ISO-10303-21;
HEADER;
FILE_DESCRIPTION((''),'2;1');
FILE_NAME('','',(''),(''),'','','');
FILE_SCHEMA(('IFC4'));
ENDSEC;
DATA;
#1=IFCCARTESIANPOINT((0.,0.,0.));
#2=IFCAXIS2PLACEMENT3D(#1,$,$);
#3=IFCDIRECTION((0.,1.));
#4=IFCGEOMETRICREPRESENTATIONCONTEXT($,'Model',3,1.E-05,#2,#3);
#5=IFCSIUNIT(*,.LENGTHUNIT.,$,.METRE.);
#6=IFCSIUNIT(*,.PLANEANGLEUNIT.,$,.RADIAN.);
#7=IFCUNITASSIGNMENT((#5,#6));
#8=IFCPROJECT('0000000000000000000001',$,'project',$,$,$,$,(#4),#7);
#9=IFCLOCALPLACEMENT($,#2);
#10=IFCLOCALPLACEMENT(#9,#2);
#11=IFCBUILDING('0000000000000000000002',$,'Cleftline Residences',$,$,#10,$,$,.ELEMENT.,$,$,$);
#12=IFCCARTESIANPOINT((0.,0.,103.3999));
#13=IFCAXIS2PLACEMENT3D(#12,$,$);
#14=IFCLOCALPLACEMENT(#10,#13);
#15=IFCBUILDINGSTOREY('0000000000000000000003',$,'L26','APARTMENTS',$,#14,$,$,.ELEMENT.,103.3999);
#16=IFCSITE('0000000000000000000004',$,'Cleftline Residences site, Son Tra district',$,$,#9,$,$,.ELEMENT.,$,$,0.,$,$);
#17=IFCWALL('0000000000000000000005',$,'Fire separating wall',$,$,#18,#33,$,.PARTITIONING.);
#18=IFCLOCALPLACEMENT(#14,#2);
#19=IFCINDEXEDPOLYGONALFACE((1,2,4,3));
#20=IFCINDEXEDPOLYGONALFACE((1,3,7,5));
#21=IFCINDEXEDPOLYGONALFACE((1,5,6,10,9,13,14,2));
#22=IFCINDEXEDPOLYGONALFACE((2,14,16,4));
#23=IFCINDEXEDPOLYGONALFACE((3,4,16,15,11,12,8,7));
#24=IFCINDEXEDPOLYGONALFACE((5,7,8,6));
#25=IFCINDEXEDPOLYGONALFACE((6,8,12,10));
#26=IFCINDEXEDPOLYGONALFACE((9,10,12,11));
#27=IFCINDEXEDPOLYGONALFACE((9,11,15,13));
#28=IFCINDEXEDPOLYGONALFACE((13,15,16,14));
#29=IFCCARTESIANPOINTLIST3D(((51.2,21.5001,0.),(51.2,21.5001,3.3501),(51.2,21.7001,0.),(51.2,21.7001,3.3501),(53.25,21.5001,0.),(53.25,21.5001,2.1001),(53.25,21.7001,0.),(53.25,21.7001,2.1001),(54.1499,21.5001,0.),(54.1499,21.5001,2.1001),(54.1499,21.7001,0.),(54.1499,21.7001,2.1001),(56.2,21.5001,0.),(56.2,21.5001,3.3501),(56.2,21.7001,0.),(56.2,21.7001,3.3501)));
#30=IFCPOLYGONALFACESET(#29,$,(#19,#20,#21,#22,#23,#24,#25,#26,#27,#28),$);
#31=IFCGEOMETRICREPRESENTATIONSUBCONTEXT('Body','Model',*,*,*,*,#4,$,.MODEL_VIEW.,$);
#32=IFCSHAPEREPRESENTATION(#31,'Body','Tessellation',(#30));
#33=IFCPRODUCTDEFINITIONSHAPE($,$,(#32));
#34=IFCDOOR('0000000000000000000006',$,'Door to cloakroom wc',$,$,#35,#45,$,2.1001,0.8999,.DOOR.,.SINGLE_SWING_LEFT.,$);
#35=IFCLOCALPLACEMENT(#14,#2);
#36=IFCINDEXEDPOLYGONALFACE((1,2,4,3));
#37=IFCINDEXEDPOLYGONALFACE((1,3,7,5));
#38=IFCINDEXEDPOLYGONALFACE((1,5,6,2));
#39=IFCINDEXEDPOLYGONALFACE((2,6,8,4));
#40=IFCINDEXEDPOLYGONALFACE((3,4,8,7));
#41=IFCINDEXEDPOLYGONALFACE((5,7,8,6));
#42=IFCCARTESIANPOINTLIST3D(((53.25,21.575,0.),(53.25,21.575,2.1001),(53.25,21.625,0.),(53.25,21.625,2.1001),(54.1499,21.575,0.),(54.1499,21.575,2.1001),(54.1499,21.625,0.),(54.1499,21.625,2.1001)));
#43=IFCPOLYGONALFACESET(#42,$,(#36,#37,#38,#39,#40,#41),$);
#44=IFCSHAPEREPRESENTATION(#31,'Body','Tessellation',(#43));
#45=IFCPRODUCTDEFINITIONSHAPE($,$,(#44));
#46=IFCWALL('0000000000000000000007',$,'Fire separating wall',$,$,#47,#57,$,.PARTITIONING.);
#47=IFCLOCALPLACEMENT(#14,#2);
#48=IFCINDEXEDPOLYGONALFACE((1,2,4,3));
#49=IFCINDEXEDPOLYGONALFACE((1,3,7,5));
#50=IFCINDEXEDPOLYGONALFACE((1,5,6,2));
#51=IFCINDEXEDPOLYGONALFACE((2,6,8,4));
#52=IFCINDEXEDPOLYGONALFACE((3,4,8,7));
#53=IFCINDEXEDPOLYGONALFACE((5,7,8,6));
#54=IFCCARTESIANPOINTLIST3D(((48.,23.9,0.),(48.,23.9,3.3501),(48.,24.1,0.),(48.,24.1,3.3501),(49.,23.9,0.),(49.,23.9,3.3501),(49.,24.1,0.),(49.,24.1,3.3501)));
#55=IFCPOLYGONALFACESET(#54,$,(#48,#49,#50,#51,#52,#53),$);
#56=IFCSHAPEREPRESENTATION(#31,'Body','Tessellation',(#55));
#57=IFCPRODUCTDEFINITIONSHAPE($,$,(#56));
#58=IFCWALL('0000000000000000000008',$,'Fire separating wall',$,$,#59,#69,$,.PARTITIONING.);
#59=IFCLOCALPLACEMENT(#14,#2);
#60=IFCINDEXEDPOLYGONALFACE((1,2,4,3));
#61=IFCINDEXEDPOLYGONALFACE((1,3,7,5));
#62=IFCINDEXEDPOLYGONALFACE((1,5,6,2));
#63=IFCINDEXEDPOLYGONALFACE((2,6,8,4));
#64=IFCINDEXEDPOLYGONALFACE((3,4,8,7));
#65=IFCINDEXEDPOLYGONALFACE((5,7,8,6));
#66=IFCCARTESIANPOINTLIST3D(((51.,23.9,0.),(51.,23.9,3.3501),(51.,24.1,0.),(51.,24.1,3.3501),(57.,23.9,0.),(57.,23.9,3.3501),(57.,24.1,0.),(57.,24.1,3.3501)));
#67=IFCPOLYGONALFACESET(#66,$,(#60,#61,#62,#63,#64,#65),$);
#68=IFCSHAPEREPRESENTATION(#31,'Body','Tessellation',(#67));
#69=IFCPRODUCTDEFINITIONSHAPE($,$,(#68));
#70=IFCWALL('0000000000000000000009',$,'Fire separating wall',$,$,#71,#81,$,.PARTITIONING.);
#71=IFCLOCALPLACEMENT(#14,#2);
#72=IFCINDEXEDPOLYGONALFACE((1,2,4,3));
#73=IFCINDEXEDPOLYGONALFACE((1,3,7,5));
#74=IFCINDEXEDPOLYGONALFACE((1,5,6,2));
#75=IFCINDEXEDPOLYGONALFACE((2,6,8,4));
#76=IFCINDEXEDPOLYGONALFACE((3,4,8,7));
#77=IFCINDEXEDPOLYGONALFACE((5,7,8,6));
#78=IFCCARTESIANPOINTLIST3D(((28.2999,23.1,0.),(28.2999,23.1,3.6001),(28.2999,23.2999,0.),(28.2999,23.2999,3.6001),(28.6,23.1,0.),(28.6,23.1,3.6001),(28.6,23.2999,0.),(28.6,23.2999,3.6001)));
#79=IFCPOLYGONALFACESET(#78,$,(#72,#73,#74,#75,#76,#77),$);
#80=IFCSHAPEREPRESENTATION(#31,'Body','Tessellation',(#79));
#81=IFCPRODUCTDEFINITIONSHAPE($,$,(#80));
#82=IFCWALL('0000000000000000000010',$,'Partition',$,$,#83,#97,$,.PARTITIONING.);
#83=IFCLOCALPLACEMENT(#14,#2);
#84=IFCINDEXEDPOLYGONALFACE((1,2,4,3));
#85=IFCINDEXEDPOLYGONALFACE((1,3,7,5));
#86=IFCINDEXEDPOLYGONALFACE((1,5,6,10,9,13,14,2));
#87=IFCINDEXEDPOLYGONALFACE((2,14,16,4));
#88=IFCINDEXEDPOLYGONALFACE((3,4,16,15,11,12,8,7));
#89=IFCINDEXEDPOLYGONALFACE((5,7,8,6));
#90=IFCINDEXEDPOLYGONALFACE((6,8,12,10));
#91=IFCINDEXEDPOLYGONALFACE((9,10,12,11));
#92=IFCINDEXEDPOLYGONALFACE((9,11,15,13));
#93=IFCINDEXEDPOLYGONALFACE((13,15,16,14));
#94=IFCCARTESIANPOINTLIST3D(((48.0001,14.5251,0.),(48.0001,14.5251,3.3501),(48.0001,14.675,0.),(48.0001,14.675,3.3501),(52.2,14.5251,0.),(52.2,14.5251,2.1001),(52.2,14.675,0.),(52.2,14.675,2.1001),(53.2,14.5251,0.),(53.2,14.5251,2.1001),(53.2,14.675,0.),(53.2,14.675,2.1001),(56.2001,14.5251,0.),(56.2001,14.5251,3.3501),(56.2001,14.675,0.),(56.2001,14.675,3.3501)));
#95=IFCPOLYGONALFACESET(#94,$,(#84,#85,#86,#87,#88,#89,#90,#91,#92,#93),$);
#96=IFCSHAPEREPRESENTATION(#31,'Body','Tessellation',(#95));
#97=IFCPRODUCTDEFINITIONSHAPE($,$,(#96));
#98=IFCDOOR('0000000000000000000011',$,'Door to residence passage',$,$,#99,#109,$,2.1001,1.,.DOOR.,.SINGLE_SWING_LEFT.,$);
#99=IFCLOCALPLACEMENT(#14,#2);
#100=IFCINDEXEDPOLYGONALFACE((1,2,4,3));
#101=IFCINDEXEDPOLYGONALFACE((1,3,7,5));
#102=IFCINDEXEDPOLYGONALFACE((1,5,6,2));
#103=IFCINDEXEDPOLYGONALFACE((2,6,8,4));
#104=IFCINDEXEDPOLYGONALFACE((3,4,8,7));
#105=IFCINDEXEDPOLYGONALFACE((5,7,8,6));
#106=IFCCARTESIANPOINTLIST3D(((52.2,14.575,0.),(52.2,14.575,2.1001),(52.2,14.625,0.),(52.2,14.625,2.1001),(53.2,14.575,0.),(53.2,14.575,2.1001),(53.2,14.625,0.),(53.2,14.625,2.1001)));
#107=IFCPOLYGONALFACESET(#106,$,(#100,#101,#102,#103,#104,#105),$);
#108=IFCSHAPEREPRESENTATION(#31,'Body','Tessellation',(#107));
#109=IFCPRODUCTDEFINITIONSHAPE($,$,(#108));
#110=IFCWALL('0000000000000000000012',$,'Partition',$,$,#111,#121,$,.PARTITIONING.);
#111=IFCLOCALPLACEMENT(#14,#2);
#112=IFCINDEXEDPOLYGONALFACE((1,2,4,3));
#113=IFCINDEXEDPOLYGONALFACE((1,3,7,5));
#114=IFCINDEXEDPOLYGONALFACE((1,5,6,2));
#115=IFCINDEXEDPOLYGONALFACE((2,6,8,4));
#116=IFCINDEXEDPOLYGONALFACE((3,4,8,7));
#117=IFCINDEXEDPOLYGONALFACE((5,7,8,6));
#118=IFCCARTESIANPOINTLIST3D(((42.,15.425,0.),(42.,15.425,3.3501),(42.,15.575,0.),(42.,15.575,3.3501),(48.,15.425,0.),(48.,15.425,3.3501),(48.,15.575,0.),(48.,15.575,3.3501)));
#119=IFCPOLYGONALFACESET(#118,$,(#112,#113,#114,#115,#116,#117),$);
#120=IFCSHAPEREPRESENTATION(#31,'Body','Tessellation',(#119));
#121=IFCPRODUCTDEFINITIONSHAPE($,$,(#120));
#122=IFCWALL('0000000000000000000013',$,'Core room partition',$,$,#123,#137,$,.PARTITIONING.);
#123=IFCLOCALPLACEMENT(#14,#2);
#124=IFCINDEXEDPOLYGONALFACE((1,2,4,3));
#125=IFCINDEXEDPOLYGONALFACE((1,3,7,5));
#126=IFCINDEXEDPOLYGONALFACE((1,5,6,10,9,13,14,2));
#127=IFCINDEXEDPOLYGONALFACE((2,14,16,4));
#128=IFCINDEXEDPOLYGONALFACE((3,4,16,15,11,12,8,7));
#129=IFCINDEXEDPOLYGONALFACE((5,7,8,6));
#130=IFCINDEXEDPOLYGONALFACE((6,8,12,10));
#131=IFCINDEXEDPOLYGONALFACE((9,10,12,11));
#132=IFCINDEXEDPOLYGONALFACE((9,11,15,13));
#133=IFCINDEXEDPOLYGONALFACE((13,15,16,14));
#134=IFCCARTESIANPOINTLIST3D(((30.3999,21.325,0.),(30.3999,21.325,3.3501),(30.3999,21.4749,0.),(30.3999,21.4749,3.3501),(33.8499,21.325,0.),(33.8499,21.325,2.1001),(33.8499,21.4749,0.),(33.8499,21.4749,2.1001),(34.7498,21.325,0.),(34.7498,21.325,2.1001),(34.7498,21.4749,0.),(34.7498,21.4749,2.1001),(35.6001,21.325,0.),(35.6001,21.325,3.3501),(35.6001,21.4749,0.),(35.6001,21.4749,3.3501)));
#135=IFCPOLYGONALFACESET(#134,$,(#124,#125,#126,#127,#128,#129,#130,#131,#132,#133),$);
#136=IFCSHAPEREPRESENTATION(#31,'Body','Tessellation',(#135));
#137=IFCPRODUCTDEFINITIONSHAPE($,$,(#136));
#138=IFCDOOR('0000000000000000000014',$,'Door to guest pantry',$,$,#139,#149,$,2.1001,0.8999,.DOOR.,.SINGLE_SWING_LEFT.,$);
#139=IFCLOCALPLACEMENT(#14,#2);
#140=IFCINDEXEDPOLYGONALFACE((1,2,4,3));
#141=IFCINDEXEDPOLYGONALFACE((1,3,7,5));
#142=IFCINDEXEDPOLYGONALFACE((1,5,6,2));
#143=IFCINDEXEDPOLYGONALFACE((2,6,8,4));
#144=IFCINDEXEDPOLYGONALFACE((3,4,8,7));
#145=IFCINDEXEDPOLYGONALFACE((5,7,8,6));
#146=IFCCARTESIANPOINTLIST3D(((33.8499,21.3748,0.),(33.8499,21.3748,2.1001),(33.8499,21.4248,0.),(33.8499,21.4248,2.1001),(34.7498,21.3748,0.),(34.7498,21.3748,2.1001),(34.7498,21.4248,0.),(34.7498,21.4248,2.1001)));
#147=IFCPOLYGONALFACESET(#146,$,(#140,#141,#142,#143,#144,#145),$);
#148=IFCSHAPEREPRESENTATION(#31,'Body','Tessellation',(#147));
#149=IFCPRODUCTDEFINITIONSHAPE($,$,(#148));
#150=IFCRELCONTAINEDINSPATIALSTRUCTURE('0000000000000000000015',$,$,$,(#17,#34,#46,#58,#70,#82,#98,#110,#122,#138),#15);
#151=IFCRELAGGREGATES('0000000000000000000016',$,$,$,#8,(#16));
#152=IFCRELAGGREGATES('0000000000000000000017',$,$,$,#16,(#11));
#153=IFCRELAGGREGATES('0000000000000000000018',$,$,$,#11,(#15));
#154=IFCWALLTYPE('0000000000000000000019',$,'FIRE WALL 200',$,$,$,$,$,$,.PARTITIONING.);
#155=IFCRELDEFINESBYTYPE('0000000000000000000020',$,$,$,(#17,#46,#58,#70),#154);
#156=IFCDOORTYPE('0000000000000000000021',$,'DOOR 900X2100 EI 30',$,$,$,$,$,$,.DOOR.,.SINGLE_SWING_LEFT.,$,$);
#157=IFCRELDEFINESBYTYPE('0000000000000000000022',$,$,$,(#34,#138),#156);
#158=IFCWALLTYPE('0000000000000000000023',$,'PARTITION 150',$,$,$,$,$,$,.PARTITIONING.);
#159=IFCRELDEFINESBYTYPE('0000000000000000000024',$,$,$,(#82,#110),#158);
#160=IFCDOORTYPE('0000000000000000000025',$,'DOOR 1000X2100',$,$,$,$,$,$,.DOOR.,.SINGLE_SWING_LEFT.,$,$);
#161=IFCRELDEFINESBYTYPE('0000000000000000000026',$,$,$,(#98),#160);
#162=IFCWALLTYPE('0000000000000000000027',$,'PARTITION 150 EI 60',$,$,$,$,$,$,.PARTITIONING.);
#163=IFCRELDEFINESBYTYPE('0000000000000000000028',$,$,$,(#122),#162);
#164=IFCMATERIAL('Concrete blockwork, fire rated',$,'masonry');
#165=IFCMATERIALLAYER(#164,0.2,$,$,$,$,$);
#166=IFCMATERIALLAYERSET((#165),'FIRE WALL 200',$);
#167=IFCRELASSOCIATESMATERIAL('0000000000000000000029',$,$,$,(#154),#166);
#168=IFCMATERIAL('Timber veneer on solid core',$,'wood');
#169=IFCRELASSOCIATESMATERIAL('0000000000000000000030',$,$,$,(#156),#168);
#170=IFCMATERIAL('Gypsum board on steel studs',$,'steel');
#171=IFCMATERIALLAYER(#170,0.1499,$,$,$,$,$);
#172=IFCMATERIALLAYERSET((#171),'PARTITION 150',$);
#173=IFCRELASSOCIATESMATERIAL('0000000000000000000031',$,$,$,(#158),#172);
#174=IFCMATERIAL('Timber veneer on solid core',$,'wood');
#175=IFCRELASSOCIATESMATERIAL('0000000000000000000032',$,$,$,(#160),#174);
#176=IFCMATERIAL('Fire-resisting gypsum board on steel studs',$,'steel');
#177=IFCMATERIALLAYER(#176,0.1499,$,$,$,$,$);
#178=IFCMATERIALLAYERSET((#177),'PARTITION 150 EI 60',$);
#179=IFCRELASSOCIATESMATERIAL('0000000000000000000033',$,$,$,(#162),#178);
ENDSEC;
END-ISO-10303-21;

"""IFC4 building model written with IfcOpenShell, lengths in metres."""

from ifc_helpers import new_model, si_unit, direction, frame, frame_2d, origin, place, context, subcontext, project, spatial, rectangle, extrude, material, layer, layer_set, type_object, element, fill, save


model = new_model("IFC4")

# Units and contexts
model_context = context("Model", 3, precision=1e-05, world=origin(), true_north=direction((0.0, 1.0)))
body_context = subcontext(model_context, "Body", "Model", "MODEL_VIEW")
ifc_project = project(units=[si_unit("LENGTHUNIT", "METRE"), si_unit("PLANEANGLEUNIT", "RADIAN")], contexts=[model_context])

# Site, building, storey
site_placement = place(None, origin())
site = spatial("IfcSite", under=ifc_project, at=site_placement, Name="Cleftline Residences site, Son Tra district", CompositionType="ELEMENT", RefElevation=0.0)
building_placement = place(site_placement, origin())
building = spatial("IfcBuilding", under=site, at=building_placement, Name="Cleftline Residences", CompositionType="ELEMENT")
storey_placement = place(building_placement, frame((0.0, 0.0, 103.3999)))
storey = spatial("IfcBuildingStorey", under=building, at=storey_placement, Name="L26", Description="APARTMENTS", CompositionType="ELEMENT", Elevation=103.3999)

# Shared definitions
ifc_material_1 = material(Name="Concrete blockwork, fire rated", Category="masonry")
ifc_layer_1 = layer(ifc_material_1, 0.2)
ifc_layer_set_1 = layer_set([ifc_layer_1], Name="FIRE WALL 200")
wall_type_1 = type_object("IfcWallType", Name="FIRE WALL 200", PredefinedType="PARTITIONING", material=ifc_layer_set_1)

# Wall, opening, door
wall_1_placement = place(storey_placement, frame((51.2, 21.6001, 0.0), z_axis=(0.0, 0.0, 1.0), x_axis=(1.0, 0.0, 0.0)))
wall_1 = element("IfcWall", 1, at=wall_1_placement, inside=storey, type_object=wall_type_1, Name="Fire separating wall", PredefinedType="PARTITIONING", context=body_context, shape_type="SweptSolid", body=[
    extrude(rectangle(XDim=5.0, YDim=0.2, at=frame_2d((2.5, 0.0))), origin(), (0.0, 0.0, 1.0), 3.3501),
])
opening_1_placement = place(wall_1_placement, frame((2.05, 0.0, 0.0)))
opening_1 = element("IfcOpeningElement", 2, at=opening_1_placement, cuts=wall_1, PredefinedType="OPENING", context=body_context, shape_type="SweptSolid", body=[
    extrude(rectangle(XDim=0.8999, YDim=2.1001, at=frame_2d((0.45, 1.05))), frame((0.0, 0.1099, 0.0), z_axis=(0.0, -1.0, 0.0), x_axis=(1.0, 0.0, 0.0)), (0.0, 0.0, 1.0), 0.22),
])
ifc_material_2 = material(Name="Timber veneer on solid core", Category="wood")
door_type_1 = type_object("IfcDoorType", Name="DOOR 900X2100 EI 30", OperationType="SINGLE_SWING_LEFT", PredefinedType="DOOR", material=ifc_material_2)
door_1_placement = place(opening_1_placement, origin())
door_1 = element("IfcDoor", 3, at=door_1_placement, inside=storey, type_object=door_type_1, Name="Door to cloakroom wc", OperationType="SINGLE_SWING_LEFT", OverallHeight=2.1001, OverallWidth=0.8999, PredefinedType="DOOR", context=body_context, shape_type="SweptSolid", body=[
    extrude(rectangle(XDim=0.8999, YDim=2.1001, at=frame_2d((0.45, 1.05))), frame((0.0, 0.0249, 0.0), z_axis=(0.0, -1.0, 0.0), x_axis=(1.0, 0.0, 0.0)), (0.0, 0.0, 1.0), 0.05),
])
fill(opening_1, door_1)

# Walls
wall_2_placement = place(storey_placement, frame((48.0, 24.0, 0.0), z_axis=(0.0, 0.0, 1.0), x_axis=(1.0, 0.0, 0.0)))
element("IfcWall", 4, at=wall_2_placement, inside=storey, type_object=wall_type_1, Name="Fire separating wall", PredefinedType="PARTITIONING", context=body_context, shape_type="SweptSolid", body=[
    extrude(rectangle(XDim=1.0, YDim=0.2, at=frame_2d((0.5, 0.0))), origin(), (0.0, 0.0, 1.0), 3.3501),
])
wall_3_placement = place(storey_placement, frame((51.0, 24.0, 0.0), z_axis=(0.0, 0.0, 1.0), x_axis=(1.0, 0.0, 0.0)))
element("IfcWall", 5, at=wall_3_placement, inside=storey, type_object=wall_type_1, Name="Fire separating wall", PredefinedType="PARTITIONING", context=body_context, shape_type="SweptSolid", body=[
    extrude(rectangle(XDim=6.0, YDim=0.2, at=frame_2d((3.0, 0.0))), origin(), (0.0, 0.0, 1.0), 3.3501),
])
wall_4_placement = place(storey_placement, frame((28.3, 23.2, 0.0), z_axis=(0.0, 0.0, 1.0), x_axis=(1.0, 0.0, 0.0)))
element("IfcWall", 6, at=wall_4_placement, inside=storey, type_object=wall_type_1, Name="Fire separating wall", PredefinedType="PARTITIONING", context=body_context, shape_type="SweptSolid", body=[
    extrude(rectangle(XDim=0.3, YDim=0.2, at=frame_2d((0.1499, 0.0))), origin(), (0.0, 0.0, 1.0), 3.6001),
])

# Wall, opening, door
ifc_material_3 = material(Name="Gypsum board on steel studs", Category="steel")
ifc_layer_2 = layer(ifc_material_3, 0.1499)
ifc_layer_set_2 = layer_set([ifc_layer_2], Name="PARTITION 150")
wall_type_2 = type_object("IfcWallType", Name="PARTITION 150", PredefinedType="PARTITIONING", material=ifc_layer_set_2)
wall_5_placement = place(storey_placement, frame((48.0, 14.6001, 0.0), z_axis=(0.0, 0.0, 1.0), x_axis=(1.0, 0.0, 0.0)))
wall_5 = element("IfcWall", 7, at=wall_5_placement, inside=storey, type_object=wall_type_2, Name="Partition", PredefinedType="PARTITIONING", context=body_context, shape_type="SweptSolid", body=[
    extrude(rectangle(XDim=8.2, YDim=0.1499, at=frame_2d((4.1001, 0.0))), origin(), (0.0, 0.0, 1.0), 3.3501),
])
opening_2_placement = place(wall_5_placement, frame((4.2, 0.0, 0.0)))
opening_2 = element("IfcOpeningElement", 8, at=opening_2_placement, cuts=wall_5, PredefinedType="OPENING", context=body_context, shape_type="SweptSolid", body=[
    extrude(rectangle(XDim=1.0, YDim=2.1001, at=frame_2d((0.5, 1.05))), frame((0.0, 0.085, 0.0), z_axis=(0.0, -1.0, 0.0), x_axis=(1.0, 0.0, 0.0)), (0.0, 0.0, 1.0), 0.1699),
])
ifc_material_4 = material(Name="Timber veneer on solid core", Category="wood")
door_type_2 = type_object("IfcDoorType", Name="DOOR 1000X2100", OperationType="SINGLE_SWING_LEFT", PredefinedType="DOOR", material=ifc_material_4)
door_2_placement = place(opening_2_placement, origin())
door_2 = element("IfcDoor", 9, at=door_2_placement, inside=storey, type_object=door_type_2, Name="Door to residence passage", OperationType="SINGLE_SWING_LEFT", OverallHeight=2.1001, OverallWidth=1.0, PredefinedType="DOOR", context=body_context, shape_type="SweptSolid", body=[
    extrude(rectangle(XDim=1.0, YDim=2.1001, at=frame_2d((0.5, 1.05))), frame((0.0, 0.0249, 0.0), z_axis=(0.0, -1.0, 0.0), x_axis=(1.0, 0.0, 0.0)), (0.0, 0.0, 1.0), 0.05),
])
fill(opening_2, door_2)

# Wall
wall_6_placement = place(storey_placement, frame((42.0, 15.5, 0.0), z_axis=(0.0, 0.0, 1.0), x_axis=(1.0, 0.0, 0.0)))
element("IfcWall", 10, at=wall_6_placement, inside=storey, type_object=wall_type_2, Name="Partition", PredefinedType="PARTITIONING", context=body_context, shape_type="SweptSolid", body=[
    extrude(rectangle(XDim=6.0, YDim=0.1499, at=frame_2d((3.0, 0.0))), origin(), (0.0, 0.0, 1.0), 3.3501),
])

# Wall, opening, door
ifc_material_5 = material(Name="Fire-resisting gypsum board on steel studs", Category="steel")
ifc_layer_3 = layer(ifc_material_5, 0.1499)
ifc_layer_set_3 = layer_set([ifc_layer_3], Name="PARTITION 150 EI 60")
wall_type_3 = type_object("IfcWallType", Name="PARTITION 150 EI 60", PredefinedType="PARTITIONING", material=ifc_layer_set_3)
wall_7_placement = place(storey_placement, frame((30.3999, 21.3999, 0.0), z_axis=(0.0, 0.0, 1.0), x_axis=(1.0, 0.0, 0.0)))
wall_7 = element("IfcWall", 11, at=wall_7_placement, inside=storey, type_object=wall_type_3, Name="Core room partition", PredefinedType="PARTITIONING", context=body_context, shape_type="SweptSolid", body=[
    extrude(rectangle(XDim=5.2002, YDim=0.1499, at=frame_2d((2.6001, 0.0))), origin(), (0.0, 0.0, 1.0), 3.3501),
])
opening_3_placement = place(wall_7_placement, frame((3.45, 0.0, 0.0)))
opening_3 = element("IfcOpeningElement", 12, at=opening_3_placement, cuts=wall_7, PredefinedType="OPENING", context=body_context, shape_type="SweptSolid", body=[
    extrude(rectangle(XDim=0.8999, YDim=2.1001, at=frame_2d((0.45, 1.05))), frame((0.0, 0.085, 0.0), z_axis=(0.0, -1.0, 0.0), x_axis=(1.0, 0.0, 0.0)), (0.0, 0.0, 1.0), 0.1699),
])
door_3_placement = place(opening_3_placement, origin())
door_3 = element("IfcDoor", 13, at=door_3_placement, inside=storey, type_object=door_type_1, Name="Door to guest pantry", OperationType="SINGLE_SWING_LEFT", OverallHeight=2.1001, OverallWidth=0.8999, PredefinedType="DOOR", context=body_context, shape_type="SweptSolid", body=[
    extrude(rectangle(XDim=0.8999, YDim=2.1001, at=frame_2d((0.45, 1.05))), frame((0.0, 0.0249, 0.0), z_axis=(0.0, -1.0, 0.0), x_axis=(1.0, 0.0, 0.0)), (0.0, 0.0, 1.0), 0.05),
])
fill(opening_3, door_3)

save(model, "model.ifc")
